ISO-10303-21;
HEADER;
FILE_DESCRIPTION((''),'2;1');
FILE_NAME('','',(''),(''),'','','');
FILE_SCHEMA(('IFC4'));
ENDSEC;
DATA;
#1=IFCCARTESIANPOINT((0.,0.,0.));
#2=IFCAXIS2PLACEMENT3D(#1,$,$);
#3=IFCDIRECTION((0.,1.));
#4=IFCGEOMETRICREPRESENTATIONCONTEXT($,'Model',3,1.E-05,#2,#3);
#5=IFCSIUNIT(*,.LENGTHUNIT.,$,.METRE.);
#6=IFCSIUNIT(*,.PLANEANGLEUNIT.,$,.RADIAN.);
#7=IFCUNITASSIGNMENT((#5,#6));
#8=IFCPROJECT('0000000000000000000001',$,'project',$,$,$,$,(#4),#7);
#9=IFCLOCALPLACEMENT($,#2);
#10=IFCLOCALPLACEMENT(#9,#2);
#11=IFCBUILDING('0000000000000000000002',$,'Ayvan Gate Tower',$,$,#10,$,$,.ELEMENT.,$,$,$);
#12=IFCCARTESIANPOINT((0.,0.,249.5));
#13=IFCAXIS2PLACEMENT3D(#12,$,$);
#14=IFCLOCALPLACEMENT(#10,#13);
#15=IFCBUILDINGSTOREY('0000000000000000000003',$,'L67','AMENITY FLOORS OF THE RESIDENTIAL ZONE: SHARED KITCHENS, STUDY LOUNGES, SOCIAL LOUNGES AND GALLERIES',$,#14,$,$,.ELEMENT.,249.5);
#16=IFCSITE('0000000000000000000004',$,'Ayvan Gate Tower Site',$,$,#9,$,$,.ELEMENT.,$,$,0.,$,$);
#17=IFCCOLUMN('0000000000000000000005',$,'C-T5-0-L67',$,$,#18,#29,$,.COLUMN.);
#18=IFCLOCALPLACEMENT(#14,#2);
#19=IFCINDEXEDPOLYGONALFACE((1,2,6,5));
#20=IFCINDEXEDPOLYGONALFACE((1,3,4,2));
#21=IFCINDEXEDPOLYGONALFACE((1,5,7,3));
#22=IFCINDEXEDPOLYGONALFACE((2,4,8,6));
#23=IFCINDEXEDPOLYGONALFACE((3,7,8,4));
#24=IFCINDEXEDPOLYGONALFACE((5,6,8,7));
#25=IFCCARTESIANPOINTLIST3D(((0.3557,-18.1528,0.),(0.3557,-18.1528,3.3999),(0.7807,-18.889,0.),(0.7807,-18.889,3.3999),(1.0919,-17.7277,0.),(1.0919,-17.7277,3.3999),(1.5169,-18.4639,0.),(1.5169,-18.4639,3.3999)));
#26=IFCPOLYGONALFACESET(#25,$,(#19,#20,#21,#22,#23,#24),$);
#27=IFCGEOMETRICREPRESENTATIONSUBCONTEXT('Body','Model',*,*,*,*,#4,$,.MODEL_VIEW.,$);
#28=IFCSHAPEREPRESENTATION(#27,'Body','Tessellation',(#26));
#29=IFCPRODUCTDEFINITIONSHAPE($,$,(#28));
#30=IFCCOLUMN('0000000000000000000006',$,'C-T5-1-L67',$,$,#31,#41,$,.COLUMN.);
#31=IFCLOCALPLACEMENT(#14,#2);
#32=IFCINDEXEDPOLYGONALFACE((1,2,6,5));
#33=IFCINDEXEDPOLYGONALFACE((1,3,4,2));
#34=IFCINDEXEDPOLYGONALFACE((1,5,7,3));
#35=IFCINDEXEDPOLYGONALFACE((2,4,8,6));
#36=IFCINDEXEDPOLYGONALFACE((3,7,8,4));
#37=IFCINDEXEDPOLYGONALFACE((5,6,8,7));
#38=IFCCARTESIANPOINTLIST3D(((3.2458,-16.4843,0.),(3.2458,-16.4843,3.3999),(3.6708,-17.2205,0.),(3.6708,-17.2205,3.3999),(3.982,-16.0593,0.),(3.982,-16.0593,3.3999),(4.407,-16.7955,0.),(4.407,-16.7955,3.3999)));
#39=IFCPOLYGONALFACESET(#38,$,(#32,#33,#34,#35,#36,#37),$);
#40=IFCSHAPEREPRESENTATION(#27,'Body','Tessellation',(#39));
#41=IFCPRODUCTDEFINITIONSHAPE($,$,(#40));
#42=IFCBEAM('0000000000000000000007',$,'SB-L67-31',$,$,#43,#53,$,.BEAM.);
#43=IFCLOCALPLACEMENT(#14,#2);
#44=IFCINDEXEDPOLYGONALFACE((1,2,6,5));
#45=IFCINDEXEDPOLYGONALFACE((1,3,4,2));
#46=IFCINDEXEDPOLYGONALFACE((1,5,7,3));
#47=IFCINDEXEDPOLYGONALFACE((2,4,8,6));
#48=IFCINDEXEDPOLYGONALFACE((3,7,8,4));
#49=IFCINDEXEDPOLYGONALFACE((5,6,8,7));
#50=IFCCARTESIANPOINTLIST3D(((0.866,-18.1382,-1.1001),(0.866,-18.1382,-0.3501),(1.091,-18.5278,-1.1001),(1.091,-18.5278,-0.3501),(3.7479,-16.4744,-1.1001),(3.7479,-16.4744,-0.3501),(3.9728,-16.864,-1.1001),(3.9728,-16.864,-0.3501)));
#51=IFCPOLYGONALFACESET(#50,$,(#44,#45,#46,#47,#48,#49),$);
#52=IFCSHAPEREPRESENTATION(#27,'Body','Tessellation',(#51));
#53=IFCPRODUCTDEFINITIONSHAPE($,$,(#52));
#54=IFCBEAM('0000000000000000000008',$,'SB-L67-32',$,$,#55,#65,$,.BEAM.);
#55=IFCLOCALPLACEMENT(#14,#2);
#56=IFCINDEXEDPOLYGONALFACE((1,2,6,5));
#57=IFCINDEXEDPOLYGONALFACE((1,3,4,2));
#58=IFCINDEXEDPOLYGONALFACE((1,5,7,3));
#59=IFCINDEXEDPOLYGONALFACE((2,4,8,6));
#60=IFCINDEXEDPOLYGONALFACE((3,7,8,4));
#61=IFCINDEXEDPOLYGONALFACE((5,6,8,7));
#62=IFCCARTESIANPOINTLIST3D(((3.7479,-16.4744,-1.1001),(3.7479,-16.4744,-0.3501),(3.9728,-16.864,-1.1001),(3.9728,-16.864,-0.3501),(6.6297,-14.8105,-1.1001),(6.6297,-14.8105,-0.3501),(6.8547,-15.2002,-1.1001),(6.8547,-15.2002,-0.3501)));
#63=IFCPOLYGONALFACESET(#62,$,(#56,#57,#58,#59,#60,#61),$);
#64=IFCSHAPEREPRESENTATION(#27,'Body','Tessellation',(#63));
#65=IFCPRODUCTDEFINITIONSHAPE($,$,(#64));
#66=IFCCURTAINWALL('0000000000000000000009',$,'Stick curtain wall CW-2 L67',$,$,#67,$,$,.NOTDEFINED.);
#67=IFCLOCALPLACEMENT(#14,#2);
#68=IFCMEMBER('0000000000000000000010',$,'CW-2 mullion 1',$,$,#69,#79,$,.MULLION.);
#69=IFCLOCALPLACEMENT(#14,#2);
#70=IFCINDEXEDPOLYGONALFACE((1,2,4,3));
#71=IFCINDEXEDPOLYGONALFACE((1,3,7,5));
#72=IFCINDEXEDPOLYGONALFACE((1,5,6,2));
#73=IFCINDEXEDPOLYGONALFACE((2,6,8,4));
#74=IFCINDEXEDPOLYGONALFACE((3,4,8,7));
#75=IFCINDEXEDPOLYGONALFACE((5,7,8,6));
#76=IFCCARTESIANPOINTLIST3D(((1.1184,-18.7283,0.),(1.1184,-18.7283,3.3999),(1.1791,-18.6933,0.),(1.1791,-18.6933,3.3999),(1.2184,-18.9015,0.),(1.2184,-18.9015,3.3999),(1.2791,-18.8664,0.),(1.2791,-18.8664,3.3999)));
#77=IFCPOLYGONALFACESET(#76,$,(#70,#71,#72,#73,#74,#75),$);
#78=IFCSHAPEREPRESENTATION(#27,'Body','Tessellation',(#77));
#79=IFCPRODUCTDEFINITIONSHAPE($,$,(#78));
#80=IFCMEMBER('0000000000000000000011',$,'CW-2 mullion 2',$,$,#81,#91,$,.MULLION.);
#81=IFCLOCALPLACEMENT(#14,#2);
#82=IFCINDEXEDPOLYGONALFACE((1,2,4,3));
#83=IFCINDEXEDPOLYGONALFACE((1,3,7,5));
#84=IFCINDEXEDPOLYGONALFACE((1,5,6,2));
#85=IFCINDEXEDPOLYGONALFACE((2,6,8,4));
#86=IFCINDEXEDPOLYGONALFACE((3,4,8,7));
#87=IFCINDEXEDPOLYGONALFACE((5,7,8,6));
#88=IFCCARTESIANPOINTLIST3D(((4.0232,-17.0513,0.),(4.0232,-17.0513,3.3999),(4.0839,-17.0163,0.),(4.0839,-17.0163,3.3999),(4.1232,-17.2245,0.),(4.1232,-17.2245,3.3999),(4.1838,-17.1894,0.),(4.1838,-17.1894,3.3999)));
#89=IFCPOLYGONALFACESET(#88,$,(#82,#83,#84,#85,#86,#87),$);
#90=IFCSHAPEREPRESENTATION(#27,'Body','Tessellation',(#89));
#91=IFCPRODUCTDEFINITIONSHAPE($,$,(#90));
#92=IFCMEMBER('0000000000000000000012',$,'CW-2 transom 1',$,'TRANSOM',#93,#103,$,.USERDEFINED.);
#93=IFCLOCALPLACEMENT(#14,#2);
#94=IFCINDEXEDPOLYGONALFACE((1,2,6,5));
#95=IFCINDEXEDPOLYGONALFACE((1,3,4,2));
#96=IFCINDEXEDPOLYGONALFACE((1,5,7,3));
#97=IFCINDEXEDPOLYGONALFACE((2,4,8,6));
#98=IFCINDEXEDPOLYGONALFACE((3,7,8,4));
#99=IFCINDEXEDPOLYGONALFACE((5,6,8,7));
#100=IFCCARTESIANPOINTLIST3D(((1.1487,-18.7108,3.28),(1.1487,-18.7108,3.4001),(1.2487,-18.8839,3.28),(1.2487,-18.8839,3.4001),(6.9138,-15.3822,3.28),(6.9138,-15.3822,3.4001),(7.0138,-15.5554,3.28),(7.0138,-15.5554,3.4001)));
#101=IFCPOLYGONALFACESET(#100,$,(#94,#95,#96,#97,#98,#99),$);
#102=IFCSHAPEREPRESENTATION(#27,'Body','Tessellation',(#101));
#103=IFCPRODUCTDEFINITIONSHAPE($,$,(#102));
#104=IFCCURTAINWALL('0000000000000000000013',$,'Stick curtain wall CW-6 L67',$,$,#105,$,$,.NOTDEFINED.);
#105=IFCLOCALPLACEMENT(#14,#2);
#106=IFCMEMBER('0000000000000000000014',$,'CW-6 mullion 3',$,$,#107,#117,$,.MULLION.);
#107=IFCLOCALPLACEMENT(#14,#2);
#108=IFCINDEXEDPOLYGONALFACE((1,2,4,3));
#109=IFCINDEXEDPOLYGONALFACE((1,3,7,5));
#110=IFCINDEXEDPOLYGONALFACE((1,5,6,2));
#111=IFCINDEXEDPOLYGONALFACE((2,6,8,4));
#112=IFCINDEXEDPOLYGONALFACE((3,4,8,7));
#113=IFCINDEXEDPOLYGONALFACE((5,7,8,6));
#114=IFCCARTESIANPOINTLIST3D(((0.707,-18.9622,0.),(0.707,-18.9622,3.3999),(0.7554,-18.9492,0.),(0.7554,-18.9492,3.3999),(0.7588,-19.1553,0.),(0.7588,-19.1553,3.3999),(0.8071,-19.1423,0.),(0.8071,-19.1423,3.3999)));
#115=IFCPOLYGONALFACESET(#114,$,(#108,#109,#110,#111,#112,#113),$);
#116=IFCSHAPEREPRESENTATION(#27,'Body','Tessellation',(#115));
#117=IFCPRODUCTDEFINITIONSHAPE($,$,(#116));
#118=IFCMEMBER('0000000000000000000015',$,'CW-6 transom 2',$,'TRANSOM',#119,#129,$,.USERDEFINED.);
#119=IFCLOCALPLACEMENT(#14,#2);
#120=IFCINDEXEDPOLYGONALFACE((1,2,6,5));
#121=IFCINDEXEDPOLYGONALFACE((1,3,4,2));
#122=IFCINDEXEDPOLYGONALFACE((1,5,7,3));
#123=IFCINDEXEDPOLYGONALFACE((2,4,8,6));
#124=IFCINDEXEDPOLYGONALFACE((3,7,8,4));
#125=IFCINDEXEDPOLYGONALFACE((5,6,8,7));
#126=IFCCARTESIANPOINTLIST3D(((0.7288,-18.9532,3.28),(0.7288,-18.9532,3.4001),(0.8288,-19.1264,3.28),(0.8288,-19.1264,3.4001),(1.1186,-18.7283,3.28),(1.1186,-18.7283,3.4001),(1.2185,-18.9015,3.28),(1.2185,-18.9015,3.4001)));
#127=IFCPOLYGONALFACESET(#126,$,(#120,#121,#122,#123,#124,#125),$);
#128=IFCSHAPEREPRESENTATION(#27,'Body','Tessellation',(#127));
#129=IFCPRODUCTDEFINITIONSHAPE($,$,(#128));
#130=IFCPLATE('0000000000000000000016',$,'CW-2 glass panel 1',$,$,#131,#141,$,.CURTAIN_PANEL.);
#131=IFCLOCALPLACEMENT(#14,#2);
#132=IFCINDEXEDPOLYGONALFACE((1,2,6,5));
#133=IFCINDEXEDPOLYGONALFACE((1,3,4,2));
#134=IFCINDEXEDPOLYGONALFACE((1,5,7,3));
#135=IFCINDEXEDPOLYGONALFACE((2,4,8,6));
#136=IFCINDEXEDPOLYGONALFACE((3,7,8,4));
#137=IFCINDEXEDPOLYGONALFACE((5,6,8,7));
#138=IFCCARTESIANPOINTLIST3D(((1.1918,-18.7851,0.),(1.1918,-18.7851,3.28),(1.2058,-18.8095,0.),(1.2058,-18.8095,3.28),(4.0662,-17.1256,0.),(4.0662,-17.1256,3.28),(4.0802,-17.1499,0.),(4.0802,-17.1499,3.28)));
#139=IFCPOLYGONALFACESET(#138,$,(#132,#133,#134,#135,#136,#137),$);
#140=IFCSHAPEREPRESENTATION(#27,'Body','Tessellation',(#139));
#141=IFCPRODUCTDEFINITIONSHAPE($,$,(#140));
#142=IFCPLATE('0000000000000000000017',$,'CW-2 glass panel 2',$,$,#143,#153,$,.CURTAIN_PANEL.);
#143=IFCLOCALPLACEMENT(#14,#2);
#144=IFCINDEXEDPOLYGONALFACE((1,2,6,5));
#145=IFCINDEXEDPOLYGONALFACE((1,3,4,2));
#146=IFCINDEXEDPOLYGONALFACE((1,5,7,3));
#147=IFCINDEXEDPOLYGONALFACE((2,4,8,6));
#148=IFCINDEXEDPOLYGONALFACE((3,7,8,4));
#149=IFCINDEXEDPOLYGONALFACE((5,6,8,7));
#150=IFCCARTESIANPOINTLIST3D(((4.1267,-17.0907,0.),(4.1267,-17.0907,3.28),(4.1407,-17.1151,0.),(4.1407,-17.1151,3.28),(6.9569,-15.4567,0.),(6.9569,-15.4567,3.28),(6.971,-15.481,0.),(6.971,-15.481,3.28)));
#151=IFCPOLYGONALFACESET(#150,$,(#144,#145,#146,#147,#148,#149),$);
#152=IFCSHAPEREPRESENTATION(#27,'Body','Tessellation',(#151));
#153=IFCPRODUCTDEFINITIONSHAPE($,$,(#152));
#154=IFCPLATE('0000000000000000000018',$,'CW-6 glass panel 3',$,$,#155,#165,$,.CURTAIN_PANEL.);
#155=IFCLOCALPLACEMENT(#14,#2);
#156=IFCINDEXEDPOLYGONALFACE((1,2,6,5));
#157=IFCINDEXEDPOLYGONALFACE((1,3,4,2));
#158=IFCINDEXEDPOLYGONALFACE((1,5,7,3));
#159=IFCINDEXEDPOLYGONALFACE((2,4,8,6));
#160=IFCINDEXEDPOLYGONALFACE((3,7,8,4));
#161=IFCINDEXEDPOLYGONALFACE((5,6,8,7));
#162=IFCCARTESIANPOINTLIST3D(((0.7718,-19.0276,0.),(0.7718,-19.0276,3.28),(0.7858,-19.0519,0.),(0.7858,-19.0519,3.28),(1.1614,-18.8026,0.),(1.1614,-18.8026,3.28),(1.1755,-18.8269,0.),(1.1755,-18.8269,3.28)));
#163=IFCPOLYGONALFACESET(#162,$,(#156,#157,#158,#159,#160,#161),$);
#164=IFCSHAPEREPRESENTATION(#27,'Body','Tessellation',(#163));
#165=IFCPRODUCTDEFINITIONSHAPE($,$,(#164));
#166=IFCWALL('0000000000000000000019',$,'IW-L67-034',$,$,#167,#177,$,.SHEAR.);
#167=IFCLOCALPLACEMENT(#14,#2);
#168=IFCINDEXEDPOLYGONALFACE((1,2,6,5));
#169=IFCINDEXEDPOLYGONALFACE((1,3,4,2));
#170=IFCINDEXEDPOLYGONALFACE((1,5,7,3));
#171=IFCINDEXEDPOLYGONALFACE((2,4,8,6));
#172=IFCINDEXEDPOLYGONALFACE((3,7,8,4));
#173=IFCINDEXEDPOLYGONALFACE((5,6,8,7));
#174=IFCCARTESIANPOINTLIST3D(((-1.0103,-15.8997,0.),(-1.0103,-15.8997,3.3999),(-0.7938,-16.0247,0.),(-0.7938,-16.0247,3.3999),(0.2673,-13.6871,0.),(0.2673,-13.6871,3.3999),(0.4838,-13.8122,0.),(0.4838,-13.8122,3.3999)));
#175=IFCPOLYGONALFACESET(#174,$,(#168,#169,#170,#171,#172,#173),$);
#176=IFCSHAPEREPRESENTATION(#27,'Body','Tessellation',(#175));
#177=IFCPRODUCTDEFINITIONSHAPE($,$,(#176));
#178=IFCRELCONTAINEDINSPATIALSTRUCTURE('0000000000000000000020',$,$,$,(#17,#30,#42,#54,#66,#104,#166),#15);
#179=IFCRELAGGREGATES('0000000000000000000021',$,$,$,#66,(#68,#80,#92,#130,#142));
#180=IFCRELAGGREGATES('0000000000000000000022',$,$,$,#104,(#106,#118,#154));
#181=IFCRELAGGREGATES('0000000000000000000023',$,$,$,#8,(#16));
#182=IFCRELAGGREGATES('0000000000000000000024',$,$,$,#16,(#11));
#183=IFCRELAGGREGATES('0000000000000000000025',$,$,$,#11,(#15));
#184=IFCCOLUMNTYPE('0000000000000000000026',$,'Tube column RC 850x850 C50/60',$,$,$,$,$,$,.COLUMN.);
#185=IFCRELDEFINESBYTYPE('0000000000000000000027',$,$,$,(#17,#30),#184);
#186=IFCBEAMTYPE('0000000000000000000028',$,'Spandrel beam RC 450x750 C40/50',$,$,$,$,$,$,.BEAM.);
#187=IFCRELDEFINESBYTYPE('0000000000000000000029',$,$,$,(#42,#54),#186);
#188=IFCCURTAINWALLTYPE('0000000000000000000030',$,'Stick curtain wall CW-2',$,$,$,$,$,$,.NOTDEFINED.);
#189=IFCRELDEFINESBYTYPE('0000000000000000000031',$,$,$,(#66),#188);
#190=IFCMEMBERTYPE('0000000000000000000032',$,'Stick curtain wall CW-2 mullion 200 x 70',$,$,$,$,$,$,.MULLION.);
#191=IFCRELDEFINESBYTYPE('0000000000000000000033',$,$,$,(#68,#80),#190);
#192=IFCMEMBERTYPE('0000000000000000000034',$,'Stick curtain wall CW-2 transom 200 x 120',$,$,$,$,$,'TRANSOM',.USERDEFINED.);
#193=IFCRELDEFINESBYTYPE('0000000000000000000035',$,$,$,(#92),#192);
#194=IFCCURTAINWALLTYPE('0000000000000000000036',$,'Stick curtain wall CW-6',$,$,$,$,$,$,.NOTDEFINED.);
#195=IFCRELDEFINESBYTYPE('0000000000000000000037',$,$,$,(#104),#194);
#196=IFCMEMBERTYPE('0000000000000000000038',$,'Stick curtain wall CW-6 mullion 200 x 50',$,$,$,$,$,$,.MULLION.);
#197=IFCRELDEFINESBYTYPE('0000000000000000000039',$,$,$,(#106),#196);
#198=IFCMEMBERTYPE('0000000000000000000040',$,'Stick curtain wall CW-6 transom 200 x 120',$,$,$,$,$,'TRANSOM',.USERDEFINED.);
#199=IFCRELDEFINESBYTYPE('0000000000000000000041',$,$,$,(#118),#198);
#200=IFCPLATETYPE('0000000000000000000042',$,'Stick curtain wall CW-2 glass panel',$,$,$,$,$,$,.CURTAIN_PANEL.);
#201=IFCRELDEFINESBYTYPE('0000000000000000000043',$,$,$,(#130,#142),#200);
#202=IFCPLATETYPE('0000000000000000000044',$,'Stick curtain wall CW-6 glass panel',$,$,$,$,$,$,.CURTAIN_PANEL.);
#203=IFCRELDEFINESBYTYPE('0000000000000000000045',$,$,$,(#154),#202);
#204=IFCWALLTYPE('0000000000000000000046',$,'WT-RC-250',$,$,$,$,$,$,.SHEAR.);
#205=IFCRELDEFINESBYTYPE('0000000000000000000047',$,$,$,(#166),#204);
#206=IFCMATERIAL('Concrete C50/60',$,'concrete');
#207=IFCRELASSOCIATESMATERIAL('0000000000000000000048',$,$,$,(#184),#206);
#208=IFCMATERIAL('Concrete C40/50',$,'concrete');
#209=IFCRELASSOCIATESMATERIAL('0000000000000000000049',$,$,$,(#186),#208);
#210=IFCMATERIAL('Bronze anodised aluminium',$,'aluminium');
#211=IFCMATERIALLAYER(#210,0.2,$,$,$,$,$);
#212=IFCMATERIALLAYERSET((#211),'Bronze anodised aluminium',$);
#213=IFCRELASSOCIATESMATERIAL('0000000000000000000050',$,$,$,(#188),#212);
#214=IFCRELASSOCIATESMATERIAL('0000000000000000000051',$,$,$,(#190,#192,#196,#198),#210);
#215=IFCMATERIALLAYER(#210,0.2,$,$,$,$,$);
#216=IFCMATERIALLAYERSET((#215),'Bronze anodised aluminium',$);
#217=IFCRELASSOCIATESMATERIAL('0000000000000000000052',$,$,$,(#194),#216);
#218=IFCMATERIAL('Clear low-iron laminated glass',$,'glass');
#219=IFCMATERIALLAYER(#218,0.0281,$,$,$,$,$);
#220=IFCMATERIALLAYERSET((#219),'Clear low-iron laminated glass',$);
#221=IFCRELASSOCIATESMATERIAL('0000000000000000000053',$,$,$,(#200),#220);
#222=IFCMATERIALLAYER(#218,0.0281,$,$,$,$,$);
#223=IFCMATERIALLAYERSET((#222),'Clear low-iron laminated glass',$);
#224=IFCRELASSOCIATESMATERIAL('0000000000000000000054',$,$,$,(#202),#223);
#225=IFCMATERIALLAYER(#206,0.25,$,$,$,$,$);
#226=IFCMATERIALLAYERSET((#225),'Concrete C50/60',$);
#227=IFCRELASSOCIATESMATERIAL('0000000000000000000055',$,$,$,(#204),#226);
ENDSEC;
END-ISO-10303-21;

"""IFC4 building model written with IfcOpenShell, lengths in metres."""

from ifc_helpers import new_model, si_unit, direction, frame, frame_2d, origin, origin_2d, place, context, subcontext, project, spatial, rectangle, extrude, material, layer, layer_set, material_profile, profile_set, type_object, element, aggregate, save


model = new_model("IFC4")

# Units and contexts
model_context = context("Model", 3, precision=1e-05, world=origin(), true_north=direction((0.0, 1.0)))
body_context = subcontext(model_context, "Body", "Model", "MODEL_VIEW")
ifc_project = project(units=[si_unit("LENGTHUNIT", "METRE"), si_unit("PLANEANGLEUNIT", "RADIAN")], contexts=[model_context])

# Site, building, storey
site_placement = place(None, origin())
site = spatial("IfcSite", under=ifc_project, at=site_placement, Name="Ayvan Gate Tower Site", CompositionType="ELEMENT", RefElevation=0.0)
building_placement = place(site_placement, origin())
building = spatial("IfcBuilding", under=site, at=building_placement, Name="Ayvan Gate Tower", CompositionType="ELEMENT")
storey_placement = place(building_placement, frame((0.0, 0.0, 249.5)))
storey = spatial("IfcBuildingStorey", under=building, at=storey_placement, Name="L67", Description="AMENITY FLOORS OF THE RESIDENTIAL ZONE: SHARED KITCHENS, STUDY LOUNGES, SOCIAL LOUNGES AND GALLERIES", CompositionType="ELEMENT", Elevation=249.5)

# Columns
ifc_material_1 = material(Name="Concrete C50/60", Category="concrete")
ifc_material_profile_1 = material_profile(ifc_material_1, rectangle(XDim=0.8501, YDim=0.8501, at=origin_2d()), Name="RC 850x850")
ifc_profile_set_1 = profile_set([ifc_material_profile_1], Name="Concrete C50/60")
column_type = type_object("IfcColumnType", Name="Tube column RC 850x850 C50/60", PredefinedType="COLUMN", material=ifc_profile_set_1)
for number, where, z_axis, x_axis, name in (
    (1, (0.9363, -18.3083, 0.0), (0.0, 0.0, 1.0), (0.5, -0.866025, 0.0), "C-T5-0-L67"),
    (2, (3.8264, -16.6399, 0.0), (0.0, 0.0, 1.0), (0.5, -0.866025, 0.0), "C-T5-1-L67"),
):
    element("IfcColumn", number, at=place(storey_placement, frame(where, z_axis=z_axis, x_axis=x_axis)), inside=storey, type_object=column_type, Name=name, PredefinedType="COLUMN", context=body_context, shape_type="SweptSolid", body=[
        extrude(rectangle(XDim=0.8501, YDim=0.8501, at=origin_2d()), origin(), (0.0, 0.0, 1.0), 3.3999),
    ])

# Beams
ifc_material_2 = material(Name="Concrete C40/50", Category="concrete")
ifc_material_profile_2 = material_profile(ifc_material_2, rectangle(XDim=0.45, YDim=0.75, at=origin_2d()), Name="RC 450x750")
ifc_profile_set_2 = profile_set([ifc_material_profile_2], Name="Concrete C40/50")
beam_type = type_object("IfcBeamType", Name="Spandrel beam RC 450x750 C40/50", PredefinedType="BEAM", material=ifc_profile_set_2)
for number, where, z_axis, x_axis, name in (
    (3, (0.9785, -18.333, -0.7251), (0.866027, 0.499998, 0.0), (-0.499998, 0.866027, 0.0), "SB-L67-31"),
    (4, (3.8604, -16.6692, -0.7251), (0.866027, 0.499998, 0.0), (-0.499998, 0.866027, 0.0), "SB-L67-32"),
):
    element("IfcBeam", number, at=place(storey_placement, frame(where, z_axis=z_axis, x_axis=x_axis)), inside=storey, type_object=beam_type, Name=name, PredefinedType="BEAM", context=body_context, shape_type="SweptSolid", body=[
        extrude(rectangle(XDim=0.45, YDim=0.75, at=origin_2d()), origin(), (0.0, 0.0, 1.0), 3.3276),
    ])

# Curtain walls, members
ifc_material_3 = material(Name="Bronze anodised aluminium", Category="aluminium")
ifc_layer_1 = layer(ifc_material_3, 0.2)
ifc_layer_set_1 = layer_set([ifc_layer_1], Name="Bronze anodised aluminium")
curtain_wall_type_1 = type_object("IfcCurtainWallType", Name="Stick curtain wall CW-2", PredefinedType="NOTDEFINED", material=ifc_layer_set_1)
curtain_wall_1_placement = place(storey_placement, origin())
curtain_wall_1 = element("IfcCurtainWall", 5, at=curtain_wall_1_placement, inside=storey, type_object=curtain_wall_type_1, Name="Stick curtain wall CW-2 L67", PredefinedType="NOTDEFINED")
ifc_material_profile_3 = material_profile(ifc_material_3, rectangle(XDim=0.2, YDim=0.0701, at=origin_2d()), Name="Stick curtain wall CW-2 mullion 200 x 70")
ifc_profile_set_3 = profile_set([ifc_material_profile_3], Name="Bronze anodised aluminium")
member_type_1 = type_object("IfcMemberType", Name="Stick curtain wall CW-2 mullion 200 x 70", PredefinedType="MULLION", material=ifc_profile_set_3)
member_1_placement = place(storey_placement, frame((1.1987, -18.7974, 0.0), z_axis=(0.0, 0.0, 1.0), x_axis=(0.5, -0.866025, 0.0)))
member_1 = element("IfcMember", 6, at=member_1_placement, type_object=member_type_1, Name="CW-2 mullion 1", PredefinedType="MULLION", context=body_context, shape_type="SweptSolid", body=[
    extrude(rectangle(XDim=0.2, YDim=0.0701, at=origin_2d()), origin(), (0.0, 0.0, 1.0), 3.3999),
])
member_2_placement = place(storey_placement, frame((4.1035, -17.1204, 0.0), z_axis=(0.0, 0.0, 1.0), x_axis=(0.5, -0.866025, 0.0)))
member_2 = element("IfcMember", 7, at=member_2_placement, type_object=member_type_1, Name="CW-2 mullion 2", PredefinedType="MULLION", context=body_context, shape_type="SweptSolid", body=[
    extrude(rectangle(XDim=0.2, YDim=0.0701, at=origin_2d()), origin(), (0.0, 0.0, 1.0), 3.3999),
])
ifc_material_profile_4 = material_profile(ifc_material_3, rectangle(XDim=0.2, YDim=0.1201, at=origin_2d()), Name="Stick curtain wall CW-2 transom 200 x 120")
ifc_profile_set_4 = profile_set([ifc_material_profile_4], Name="Bronze anodised aluminium")
member_type_2 = type_object("IfcMemberType", Name="Stick curtain wall CW-2 transom 200 x 120", ElementType="TRANSOM", PredefinedType="USERDEFINED", material=ifc_profile_set_4)
member_3_placement = place(storey_placement, frame((1.1987, -18.7974, 3.3401), z_axis=(0.866018, 0.500012, 0.0), x_axis=(-0.500012, 0.866018, 0.0)))
member_3 = element("IfcMember", 8, at=member_3_placement, type_object=member_type_2, Name="CW-2 transom 1", ObjectType="TRANSOM", PredefinedType="USERDEFINED", context=body_context, shape_type="SweptSolid", body=[
    extrude(rectangle(XDim=0.2, YDim=0.1201, at=origin_2d()), origin(), (0.0, 0.0, 1.0), 6.657),
])
ifc_layer_2 = layer(ifc_material_3, 0.2)
ifc_layer_set_2 = layer_set([ifc_layer_2], Name="Bronze anodised aluminium")
curtain_wall_type_2 = type_object("IfcCurtainWallType", Name="Stick curtain wall CW-6", PredefinedType="NOTDEFINED", material=ifc_layer_set_2)
curtain_wall_2_placement = place(storey_placement, origin())
curtain_wall_2 = element("IfcCurtainWall", 9, at=curtain_wall_2_placement, inside=storey, type_object=curtain_wall_type_2, Name="Stick curtain wall CW-6 L67", PredefinedType="NOTDEFINED")
ifc_material_profile_5 = material_profile(ifc_material_3, rectangle(XDim=0.2, YDim=0.05, at=origin_2d()), Name="Stick curtain wall CW-6 mullion 200 x 50")
ifc_profile_set_5 = profile_set([ifc_material_profile_5], Name="Bronze anodised aluminium")
member_type_3 = type_object("IfcMemberType", Name="Stick curtain wall CW-6 mullion 200 x 50", PredefinedType="MULLION", material=ifc_profile_set_5)
member_4_placement = place(storey_placement, frame((0.7571, -19.0522, 0.0), z_axis=(0.0, 0.0, 1.0), x_axis=(0.258819, -0.965926, 0.0)))
member_4 = element("IfcMember", 10, at=member_4_placement, type_object=member_type_3, Name="CW-6 mullion 3", PredefinedType="MULLION", context=body_context, shape_type="SweptSolid", body=[
    extrude(rectangle(XDim=0.2, YDim=0.05, at=origin_2d()), origin(), (0.0, 0.0, 1.0), 3.3999),
])
ifc_material_profile_6 = material_profile(ifc_material_3, rectangle(XDim=0.2, YDim=0.1201, at=origin_2d()), Name="Stick curtain wall CW-6 transom 200 x 120")
ifc_profile_set_6 = profile_set([ifc_material_profile_6], Name="Bronze anodised aluminium")
member_type_4 = type_object("IfcMemberType", Name="Stick curtain wall CW-6 transom 200 x 120", ElementType="TRANSOM", PredefinedType="USERDEFINED", material=ifc_profile_set_6)
member_5_placement = place(storey_placement, frame((0.7788, -19.0398, 3.3401), z_axis=(0.866131, 0.499816, 0.0), x_axis=(-0.499816, 0.866131, 0.0)))
member_5 = element("IfcMember", 11, at=member_5_placement, type_object=member_type_4, Name="CW-6 transom 2", ObjectType="TRANSOM", PredefinedType="USERDEFINED", context=body_context, shape_type="SweptSolid", body=[
    extrude(rectangle(XDim=0.2, YDim=0.1201, at=origin_2d()), origin(), (0.0, 0.0, 1.0), 0.45),
])

# Plates
ifc_material_4 = material(Name="Clear low-iron laminated glass", Category="glass")
ifc_layer_3 = layer(ifc_material_4, 0.0281)
ifc_layer_set_3 = layer_set([ifc_layer_3], Name="Clear low-iron laminated glass")
plate_type_1 = type_object("IfcPlateType", Name="Stick curtain wall CW-2 glass panel", PredefinedType="CURTAIN_PANEL", material=ifc_layer_set_3)
plate_1_placement = place(storey_placement, frame((2.636, -17.9675, 0.0), z_axis=(0.0, 0.0, 1.0), x_axis=(0.866025, 0.5, 0.0)))
plate_1 = element("IfcPlate", 12, at=plate_1_placement, type_object=plate_type_1, Name="CW-2 glass panel 1", PredefinedType="CURTAIN_PANEL", context=body_context, shape_type="SweptSolid", body=[
    extrude(rectangle(XDim=3.3191, YDim=0.0281, at=origin_2d()), origin(), (0.0, 0.0, 1.0), 3.28),
])
plate_2_placement = place(storey_placement, frame((5.5488, -16.2859, 0.0), z_axis=(0.0, 0.0, 1.0), x_axis=(0.866025, 0.5, 0.0)))
plate_2 = element("IfcPlate", 13, at=plate_2_placement, type_object=plate_type_1, Name="CW-2 glass panel 2", PredefinedType="CURTAIN_PANEL", context=body_context, shape_type="SweptSolid", body=[
    extrude(rectangle(XDim=3.2681, YDim=0.0281, at=origin_2d()), origin(), (0.0, 0.0, 1.0), 3.28),
])
aggregate(curtain_wall_1, [member_1, member_2, member_3, plate_1, plate_2])
ifc_layer_4 = layer(ifc_material_4, 0.0281)
ifc_layer_set_4 = layer_set([ifc_layer_4], Name="Clear low-iron laminated glass")
plate_type_2 = type_object("IfcPlateType", Name="Stick curtain wall CW-6 glass panel", PredefinedType="CURTAIN_PANEL", material=ifc_layer_set_4)
plate_3_placement = place(storey_placement, frame((0.9736, -18.9272, 0.0), z_axis=(0.0, 0.0, 1.0), x_axis=(0.866025, 0.5, 0.0)))
plate_3 = element("IfcPlate", 14, at=plate_3_placement, type_object=plate_type_2, Name="CW-6 glass panel 3", PredefinedType="CURTAIN_PANEL", context=body_context, shape_type="SweptSolid", body=[
    extrude(rectangle(XDim=0.45, YDim=0.0281, at=origin_2d()), origin(), (0.0, 0.0, 1.0), 3.28),
])
aggregate(curtain_wall_2, [member_4, member_5, plate_3])

# Wall
ifc_layer_5 = layer(ifc_material_1, 0.25)
ifc_layer_set_5 = layer_set([ifc_layer_5], Name="Concrete C50/60")
wall_type = type_object("IfcWallType", Name="WT-RC-250", PredefinedType="SHEAR", material=ifc_layer_set_5)
wall_1_placement = place(storey_placement, frame((0.3755, -13.7498, 0.0), z_axis=(0.0, 0.0, 1.0), x_axis=(-0.500034, -0.866006, 0.0)))
element("IfcWall", 15, at=wall_1_placement, inside=storey, type_object=wall_type, Name="IW-L67-034", PredefinedType="SHEAR", context=body_context, shape_type="SweptSolid", body=[
    extrude(rectangle(XDim=2.5549, YDim=0.25, at=frame_2d((1.2773, 0.0))), origin(), (0.0, 0.0, 1.0), 3.3999),
])

save(model, "model.ifc")
